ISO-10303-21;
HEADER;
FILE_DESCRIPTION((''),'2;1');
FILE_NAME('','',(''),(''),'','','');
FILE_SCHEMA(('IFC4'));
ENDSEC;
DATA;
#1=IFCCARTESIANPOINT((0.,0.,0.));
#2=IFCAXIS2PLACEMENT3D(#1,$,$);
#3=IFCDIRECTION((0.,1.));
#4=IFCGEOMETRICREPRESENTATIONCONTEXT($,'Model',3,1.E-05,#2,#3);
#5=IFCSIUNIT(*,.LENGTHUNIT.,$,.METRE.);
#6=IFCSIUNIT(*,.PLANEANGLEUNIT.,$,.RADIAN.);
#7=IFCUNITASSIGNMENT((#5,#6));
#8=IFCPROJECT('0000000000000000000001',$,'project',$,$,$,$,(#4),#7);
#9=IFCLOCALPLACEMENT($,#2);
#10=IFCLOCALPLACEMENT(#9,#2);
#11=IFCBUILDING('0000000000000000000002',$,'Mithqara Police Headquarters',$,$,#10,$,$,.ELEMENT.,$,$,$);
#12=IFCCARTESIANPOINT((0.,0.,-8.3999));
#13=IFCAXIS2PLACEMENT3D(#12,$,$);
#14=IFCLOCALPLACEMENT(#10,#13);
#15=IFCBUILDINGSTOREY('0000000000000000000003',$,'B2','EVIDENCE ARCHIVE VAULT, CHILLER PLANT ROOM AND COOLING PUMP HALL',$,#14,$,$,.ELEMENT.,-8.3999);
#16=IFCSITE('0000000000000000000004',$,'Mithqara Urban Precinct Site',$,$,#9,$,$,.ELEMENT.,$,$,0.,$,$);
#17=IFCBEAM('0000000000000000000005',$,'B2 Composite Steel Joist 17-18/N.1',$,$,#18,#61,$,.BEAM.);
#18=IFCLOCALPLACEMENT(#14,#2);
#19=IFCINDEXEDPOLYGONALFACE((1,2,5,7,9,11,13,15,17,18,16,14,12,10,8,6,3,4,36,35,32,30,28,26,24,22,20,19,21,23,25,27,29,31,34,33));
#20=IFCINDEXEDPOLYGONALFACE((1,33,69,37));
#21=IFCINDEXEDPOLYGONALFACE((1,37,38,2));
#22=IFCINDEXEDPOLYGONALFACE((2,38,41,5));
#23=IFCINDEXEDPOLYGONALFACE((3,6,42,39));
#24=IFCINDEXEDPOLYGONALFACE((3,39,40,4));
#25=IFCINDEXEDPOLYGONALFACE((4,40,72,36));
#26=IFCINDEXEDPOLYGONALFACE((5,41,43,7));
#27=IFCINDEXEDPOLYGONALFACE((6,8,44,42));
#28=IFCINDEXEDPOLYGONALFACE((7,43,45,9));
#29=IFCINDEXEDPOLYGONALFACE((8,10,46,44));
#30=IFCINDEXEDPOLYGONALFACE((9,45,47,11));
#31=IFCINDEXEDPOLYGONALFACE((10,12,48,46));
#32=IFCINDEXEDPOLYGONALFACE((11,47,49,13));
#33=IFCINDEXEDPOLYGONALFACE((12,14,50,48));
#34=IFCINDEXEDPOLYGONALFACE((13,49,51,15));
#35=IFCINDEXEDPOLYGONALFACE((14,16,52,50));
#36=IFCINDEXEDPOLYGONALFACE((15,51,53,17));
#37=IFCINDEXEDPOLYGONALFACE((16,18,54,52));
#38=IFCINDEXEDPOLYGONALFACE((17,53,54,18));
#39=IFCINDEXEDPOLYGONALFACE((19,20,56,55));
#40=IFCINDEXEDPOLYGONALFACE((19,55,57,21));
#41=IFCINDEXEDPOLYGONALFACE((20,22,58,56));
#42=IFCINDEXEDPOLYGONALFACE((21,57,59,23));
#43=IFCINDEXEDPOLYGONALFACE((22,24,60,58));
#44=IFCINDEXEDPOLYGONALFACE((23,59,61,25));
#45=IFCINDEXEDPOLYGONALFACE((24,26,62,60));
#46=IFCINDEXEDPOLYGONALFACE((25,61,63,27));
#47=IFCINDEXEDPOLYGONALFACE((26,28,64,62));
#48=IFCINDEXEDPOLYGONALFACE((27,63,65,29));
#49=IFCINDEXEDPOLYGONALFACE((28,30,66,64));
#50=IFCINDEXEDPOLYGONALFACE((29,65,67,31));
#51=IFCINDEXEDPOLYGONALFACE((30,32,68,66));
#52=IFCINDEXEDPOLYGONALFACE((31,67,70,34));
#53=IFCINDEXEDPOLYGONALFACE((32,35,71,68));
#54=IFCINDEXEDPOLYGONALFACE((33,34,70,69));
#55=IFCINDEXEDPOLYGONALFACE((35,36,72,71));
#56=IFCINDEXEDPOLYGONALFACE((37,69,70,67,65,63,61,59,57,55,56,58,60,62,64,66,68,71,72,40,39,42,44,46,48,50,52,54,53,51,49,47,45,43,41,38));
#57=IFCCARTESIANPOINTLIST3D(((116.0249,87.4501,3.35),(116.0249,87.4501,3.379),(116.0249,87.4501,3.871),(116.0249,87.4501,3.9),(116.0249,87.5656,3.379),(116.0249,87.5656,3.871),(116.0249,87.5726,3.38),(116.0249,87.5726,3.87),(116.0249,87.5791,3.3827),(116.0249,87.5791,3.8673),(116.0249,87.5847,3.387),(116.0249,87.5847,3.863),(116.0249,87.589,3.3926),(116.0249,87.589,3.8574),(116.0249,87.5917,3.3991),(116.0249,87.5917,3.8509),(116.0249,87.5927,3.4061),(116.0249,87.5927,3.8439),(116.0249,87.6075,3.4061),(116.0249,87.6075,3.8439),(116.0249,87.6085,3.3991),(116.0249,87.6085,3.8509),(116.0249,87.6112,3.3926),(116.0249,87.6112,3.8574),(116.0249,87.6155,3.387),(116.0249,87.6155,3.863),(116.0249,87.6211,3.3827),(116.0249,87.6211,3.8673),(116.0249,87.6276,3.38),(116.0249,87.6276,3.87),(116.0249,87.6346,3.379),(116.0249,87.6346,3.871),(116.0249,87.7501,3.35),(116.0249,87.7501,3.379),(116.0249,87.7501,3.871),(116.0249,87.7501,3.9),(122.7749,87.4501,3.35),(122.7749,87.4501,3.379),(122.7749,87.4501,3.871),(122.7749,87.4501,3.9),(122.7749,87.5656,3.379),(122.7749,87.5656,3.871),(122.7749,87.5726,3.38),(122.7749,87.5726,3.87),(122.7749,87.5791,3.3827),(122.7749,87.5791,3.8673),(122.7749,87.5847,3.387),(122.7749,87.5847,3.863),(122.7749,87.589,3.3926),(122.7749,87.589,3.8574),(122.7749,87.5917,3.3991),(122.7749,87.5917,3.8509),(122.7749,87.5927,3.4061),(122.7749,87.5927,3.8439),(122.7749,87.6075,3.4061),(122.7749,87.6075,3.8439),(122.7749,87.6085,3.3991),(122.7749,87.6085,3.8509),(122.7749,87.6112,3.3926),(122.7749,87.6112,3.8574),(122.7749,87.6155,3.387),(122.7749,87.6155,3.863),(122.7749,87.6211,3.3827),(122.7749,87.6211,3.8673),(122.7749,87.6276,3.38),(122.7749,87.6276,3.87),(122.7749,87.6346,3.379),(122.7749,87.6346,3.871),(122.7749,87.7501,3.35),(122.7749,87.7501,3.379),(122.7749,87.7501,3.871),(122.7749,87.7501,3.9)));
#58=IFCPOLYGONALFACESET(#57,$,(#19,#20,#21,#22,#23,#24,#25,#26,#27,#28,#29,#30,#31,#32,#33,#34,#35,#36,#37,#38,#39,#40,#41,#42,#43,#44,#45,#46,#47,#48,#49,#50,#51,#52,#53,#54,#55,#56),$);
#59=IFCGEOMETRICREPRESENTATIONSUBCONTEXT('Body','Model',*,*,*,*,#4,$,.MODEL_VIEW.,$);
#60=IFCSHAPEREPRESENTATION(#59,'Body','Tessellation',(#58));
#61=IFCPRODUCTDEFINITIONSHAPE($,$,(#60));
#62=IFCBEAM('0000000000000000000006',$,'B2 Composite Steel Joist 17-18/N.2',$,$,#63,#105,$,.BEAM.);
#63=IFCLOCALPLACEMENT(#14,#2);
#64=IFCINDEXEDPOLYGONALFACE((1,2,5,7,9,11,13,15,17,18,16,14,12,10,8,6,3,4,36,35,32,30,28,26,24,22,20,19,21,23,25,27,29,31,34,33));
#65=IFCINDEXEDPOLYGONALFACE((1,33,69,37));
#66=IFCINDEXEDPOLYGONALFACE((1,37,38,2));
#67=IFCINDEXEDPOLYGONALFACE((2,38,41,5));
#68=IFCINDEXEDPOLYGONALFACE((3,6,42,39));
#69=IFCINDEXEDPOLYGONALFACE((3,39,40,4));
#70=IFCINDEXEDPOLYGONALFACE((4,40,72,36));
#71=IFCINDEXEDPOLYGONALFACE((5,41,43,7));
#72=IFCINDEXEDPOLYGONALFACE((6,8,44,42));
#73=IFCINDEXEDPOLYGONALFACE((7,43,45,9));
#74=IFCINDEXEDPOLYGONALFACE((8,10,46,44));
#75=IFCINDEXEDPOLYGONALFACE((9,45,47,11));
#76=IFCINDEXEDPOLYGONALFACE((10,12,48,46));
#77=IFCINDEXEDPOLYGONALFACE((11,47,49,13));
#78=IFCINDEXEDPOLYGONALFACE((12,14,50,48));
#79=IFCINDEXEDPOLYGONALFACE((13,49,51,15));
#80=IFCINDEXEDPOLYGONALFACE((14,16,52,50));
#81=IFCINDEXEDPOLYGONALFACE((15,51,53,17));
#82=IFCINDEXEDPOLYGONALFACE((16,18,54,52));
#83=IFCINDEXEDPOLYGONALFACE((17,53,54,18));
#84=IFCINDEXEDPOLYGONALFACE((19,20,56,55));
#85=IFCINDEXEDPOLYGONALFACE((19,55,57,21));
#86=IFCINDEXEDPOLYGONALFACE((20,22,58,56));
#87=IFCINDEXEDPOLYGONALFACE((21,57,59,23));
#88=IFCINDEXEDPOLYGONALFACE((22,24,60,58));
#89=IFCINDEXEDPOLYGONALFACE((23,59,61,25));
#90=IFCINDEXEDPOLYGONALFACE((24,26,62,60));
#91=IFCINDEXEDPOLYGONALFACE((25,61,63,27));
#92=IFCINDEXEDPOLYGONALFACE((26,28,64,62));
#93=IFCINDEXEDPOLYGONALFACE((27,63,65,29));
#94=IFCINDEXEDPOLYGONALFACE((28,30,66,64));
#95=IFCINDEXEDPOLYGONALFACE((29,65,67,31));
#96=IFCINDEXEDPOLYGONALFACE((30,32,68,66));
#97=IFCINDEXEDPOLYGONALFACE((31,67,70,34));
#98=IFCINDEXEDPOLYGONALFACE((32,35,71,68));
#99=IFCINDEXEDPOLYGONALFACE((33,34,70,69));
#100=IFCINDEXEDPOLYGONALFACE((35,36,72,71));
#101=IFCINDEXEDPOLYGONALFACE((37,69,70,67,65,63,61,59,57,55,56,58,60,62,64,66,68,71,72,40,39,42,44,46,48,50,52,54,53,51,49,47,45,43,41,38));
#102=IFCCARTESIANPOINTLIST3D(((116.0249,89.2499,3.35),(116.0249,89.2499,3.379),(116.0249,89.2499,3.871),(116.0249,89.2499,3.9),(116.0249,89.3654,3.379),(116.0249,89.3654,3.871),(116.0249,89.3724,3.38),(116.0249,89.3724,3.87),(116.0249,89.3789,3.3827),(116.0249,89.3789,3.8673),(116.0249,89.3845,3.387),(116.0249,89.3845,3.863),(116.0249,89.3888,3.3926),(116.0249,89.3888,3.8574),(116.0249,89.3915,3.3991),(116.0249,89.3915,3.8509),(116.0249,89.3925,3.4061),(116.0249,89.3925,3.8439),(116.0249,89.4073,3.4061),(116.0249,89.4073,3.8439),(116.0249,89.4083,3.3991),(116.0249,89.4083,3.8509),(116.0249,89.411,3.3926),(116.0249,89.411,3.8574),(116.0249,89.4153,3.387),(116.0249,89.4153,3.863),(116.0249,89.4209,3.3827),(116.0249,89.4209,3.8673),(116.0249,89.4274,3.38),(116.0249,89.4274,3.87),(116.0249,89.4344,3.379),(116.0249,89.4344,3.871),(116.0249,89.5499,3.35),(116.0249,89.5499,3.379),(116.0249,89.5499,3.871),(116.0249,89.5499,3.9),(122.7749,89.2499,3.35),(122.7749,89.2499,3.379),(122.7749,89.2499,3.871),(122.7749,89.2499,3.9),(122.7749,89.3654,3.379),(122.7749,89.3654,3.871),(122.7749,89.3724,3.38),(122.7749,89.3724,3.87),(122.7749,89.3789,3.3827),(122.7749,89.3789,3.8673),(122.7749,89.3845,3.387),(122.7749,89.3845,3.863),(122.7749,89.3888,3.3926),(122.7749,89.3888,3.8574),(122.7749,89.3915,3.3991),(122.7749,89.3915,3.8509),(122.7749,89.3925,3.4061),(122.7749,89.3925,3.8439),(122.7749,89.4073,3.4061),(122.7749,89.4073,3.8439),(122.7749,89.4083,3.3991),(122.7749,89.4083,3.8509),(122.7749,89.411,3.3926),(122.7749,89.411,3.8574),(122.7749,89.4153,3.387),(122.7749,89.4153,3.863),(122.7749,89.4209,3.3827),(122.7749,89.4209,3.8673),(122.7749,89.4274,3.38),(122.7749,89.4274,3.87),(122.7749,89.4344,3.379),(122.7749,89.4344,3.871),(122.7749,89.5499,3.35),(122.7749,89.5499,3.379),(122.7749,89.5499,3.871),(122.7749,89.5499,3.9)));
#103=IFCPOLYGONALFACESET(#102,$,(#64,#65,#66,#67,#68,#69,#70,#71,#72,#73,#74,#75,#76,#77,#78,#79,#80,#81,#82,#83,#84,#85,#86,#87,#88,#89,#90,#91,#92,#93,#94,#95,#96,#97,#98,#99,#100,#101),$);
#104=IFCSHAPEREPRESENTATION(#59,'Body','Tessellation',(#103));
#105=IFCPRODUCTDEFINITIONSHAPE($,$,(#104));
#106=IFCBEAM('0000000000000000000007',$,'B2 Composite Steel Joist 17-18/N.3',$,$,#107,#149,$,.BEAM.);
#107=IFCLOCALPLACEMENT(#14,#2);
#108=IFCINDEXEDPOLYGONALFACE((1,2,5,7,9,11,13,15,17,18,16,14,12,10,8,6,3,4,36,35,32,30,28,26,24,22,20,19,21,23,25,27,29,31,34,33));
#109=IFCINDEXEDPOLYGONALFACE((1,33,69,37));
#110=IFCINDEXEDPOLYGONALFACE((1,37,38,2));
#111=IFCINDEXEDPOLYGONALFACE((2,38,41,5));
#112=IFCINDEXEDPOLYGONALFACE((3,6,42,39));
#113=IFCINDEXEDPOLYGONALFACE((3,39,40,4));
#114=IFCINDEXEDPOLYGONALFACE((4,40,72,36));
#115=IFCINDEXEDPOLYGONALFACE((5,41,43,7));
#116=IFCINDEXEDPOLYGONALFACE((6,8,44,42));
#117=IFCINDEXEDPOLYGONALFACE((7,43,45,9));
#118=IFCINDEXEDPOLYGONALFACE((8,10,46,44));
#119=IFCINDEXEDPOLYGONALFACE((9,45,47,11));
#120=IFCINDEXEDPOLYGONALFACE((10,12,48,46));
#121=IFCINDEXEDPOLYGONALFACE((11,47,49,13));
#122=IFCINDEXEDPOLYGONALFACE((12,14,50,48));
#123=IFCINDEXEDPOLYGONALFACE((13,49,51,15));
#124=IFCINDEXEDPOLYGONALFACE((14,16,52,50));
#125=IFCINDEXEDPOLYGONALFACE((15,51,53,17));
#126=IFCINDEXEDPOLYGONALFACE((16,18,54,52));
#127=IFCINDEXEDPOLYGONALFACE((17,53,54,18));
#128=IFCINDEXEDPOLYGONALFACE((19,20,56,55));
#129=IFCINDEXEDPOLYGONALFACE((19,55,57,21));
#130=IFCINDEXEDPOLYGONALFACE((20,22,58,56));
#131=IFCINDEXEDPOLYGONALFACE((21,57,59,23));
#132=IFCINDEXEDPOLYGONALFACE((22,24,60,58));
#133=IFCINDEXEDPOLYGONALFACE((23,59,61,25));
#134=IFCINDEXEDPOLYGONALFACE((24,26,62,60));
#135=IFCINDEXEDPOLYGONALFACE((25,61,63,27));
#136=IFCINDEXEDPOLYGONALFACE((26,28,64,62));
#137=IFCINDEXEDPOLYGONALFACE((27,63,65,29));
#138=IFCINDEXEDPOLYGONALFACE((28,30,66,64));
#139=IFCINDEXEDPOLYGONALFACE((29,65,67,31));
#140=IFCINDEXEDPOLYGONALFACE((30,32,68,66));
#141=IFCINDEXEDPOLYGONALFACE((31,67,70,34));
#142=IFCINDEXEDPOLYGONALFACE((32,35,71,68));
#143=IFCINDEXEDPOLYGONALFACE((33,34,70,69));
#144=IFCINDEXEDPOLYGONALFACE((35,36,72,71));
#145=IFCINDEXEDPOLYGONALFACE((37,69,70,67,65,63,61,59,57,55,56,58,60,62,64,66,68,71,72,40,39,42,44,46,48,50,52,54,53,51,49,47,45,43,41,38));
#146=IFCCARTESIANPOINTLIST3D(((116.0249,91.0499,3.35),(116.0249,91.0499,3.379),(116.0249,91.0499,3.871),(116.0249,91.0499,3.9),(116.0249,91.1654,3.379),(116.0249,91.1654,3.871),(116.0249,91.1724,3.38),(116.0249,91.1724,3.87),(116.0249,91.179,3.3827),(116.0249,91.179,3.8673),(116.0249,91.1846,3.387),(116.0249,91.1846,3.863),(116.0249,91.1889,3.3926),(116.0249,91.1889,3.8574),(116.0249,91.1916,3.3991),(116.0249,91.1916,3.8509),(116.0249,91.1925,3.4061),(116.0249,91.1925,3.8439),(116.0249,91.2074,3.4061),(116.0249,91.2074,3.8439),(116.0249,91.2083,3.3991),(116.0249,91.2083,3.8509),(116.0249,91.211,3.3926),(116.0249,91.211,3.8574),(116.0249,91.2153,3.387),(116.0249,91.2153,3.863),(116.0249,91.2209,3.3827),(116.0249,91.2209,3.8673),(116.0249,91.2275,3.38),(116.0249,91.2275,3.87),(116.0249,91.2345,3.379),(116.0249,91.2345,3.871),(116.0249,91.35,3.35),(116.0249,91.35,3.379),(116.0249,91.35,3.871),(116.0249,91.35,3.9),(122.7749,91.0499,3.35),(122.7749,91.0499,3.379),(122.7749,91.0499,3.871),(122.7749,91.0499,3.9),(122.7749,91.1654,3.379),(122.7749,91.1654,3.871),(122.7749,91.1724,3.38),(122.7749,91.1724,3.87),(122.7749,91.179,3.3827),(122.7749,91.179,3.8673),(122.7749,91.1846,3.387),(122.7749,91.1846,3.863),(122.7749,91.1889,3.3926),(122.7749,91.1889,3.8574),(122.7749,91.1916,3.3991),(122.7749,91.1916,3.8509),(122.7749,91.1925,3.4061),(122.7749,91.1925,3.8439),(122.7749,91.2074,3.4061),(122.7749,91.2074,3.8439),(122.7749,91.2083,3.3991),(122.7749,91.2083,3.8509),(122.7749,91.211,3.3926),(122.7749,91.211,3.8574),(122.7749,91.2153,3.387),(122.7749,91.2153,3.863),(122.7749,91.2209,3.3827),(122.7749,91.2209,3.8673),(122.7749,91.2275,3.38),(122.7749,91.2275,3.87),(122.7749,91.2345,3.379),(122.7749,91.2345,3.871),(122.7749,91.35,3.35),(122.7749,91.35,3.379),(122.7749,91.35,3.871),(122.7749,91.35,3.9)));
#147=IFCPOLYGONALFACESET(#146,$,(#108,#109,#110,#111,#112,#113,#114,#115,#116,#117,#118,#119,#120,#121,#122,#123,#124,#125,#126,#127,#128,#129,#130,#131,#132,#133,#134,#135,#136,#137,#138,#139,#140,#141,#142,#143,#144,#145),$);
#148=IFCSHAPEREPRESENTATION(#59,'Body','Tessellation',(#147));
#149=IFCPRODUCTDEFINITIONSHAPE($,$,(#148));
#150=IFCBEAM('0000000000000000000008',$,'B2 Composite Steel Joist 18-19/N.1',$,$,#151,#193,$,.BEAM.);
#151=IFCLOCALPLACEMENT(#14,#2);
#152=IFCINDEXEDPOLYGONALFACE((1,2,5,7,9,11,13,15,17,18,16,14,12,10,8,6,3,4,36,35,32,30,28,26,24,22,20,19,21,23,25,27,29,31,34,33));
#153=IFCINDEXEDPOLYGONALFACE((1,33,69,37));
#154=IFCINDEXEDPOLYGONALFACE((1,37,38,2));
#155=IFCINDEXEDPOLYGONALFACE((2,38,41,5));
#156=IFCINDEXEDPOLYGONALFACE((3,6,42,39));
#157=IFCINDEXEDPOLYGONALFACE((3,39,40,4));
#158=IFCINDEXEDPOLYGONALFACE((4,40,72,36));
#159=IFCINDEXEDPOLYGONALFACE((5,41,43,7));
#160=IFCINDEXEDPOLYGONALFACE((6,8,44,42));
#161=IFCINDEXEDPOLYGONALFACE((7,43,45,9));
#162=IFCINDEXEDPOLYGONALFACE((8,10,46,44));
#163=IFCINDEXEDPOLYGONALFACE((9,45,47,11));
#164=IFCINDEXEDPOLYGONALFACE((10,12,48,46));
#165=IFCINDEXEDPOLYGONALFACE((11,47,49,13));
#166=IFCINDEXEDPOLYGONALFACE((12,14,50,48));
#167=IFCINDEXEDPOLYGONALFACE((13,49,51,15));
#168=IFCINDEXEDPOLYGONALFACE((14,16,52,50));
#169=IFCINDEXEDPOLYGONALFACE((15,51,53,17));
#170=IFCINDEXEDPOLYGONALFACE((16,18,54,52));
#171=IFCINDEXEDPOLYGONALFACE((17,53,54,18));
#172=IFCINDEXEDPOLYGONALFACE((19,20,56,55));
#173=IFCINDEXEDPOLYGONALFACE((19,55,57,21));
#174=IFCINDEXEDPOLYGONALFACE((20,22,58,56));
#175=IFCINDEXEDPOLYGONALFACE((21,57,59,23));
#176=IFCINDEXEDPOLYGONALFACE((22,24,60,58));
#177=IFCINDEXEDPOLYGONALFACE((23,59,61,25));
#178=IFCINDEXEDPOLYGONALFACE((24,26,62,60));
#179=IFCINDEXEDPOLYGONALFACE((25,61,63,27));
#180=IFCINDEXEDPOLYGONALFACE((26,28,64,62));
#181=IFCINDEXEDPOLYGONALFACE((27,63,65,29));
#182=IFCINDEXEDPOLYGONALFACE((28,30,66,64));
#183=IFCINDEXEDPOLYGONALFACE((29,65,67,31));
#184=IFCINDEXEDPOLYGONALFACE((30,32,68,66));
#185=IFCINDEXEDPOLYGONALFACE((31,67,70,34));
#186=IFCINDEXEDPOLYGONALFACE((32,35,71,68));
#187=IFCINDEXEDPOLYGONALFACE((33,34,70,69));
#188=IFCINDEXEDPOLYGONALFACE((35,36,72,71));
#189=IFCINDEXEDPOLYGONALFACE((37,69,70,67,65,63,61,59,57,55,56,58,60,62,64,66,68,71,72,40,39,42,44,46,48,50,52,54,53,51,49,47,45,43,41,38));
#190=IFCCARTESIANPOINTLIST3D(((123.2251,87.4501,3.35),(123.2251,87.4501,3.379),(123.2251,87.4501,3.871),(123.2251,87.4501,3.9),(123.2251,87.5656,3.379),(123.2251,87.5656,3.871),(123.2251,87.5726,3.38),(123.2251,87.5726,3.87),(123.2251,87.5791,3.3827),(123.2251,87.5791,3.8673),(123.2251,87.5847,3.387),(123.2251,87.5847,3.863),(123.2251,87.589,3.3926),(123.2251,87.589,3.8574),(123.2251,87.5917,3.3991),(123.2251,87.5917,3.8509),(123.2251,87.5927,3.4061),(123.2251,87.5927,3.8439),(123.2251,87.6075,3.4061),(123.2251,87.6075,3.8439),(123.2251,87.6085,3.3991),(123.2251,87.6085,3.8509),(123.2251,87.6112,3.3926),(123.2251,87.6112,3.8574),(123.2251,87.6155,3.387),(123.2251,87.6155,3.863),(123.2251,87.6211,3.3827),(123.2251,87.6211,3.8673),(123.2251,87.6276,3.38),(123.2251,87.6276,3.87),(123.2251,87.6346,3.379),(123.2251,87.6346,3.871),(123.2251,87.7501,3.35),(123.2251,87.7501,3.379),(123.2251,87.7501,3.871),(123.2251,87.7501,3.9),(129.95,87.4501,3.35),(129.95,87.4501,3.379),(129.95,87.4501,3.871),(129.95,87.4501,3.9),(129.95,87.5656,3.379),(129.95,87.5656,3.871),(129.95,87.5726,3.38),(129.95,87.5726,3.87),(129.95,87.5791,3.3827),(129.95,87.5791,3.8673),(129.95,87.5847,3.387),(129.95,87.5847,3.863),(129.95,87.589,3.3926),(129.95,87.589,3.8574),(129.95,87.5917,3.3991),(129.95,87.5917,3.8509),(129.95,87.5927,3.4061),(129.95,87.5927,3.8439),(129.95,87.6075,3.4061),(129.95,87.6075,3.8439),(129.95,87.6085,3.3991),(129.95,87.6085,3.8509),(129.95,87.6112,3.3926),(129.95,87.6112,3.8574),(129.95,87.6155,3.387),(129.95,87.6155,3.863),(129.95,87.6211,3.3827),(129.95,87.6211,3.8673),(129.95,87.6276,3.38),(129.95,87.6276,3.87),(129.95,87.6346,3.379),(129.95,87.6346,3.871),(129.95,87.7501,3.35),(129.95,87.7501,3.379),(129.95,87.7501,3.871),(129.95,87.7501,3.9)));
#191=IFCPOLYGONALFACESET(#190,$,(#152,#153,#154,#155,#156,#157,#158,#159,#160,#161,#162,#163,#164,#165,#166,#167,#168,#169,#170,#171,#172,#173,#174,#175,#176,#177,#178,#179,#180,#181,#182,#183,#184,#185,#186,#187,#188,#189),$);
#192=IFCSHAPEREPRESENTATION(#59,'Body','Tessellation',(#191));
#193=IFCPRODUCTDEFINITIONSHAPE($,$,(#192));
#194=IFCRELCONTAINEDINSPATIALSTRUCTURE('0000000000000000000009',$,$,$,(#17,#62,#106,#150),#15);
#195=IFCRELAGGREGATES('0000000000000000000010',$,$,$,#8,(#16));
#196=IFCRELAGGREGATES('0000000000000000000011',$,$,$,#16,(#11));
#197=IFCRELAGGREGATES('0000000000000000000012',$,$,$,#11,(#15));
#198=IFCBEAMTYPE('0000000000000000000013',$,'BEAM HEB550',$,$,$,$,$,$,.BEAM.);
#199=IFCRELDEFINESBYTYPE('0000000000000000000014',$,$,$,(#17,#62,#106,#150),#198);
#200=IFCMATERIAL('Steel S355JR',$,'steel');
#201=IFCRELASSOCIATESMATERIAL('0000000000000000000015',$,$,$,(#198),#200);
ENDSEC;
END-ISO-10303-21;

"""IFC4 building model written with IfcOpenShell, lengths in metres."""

from ifc_helpers import new_model, si_unit, direction, frame, origin, origin_2d, place, context, subcontext, project, spatial, i_section, extrude, material, material_profile, profile_set, type_object, element, save


model = new_model("IFC4")

# Units and contexts
model_context = context("Model", 3, precision=1e-05, world=origin(), true_north=direction((0.0, 1.0)))
body_context = subcontext(model_context, "Body", "Model", "MODEL_VIEW")
ifc_project = project(units=[si_unit("LENGTHUNIT", "METRE"), si_unit("PLANEANGLEUNIT", "RADIAN")], contexts=[model_context])

# Site, building, storey
site_placement = place(None, origin())
site = spatial("IfcSite", under=ifc_project, at=site_placement, Name="Mithqara Urban Precinct Site", CompositionType="ELEMENT", RefElevation=0.0)
building_placement = place(site_placement, origin())
building = spatial("IfcBuilding", under=site, at=building_placement, Name="Mithqara Police Headquarters", CompositionType="ELEMENT")
storey_placement = place(building_placement, frame((0.0, 0.0, -8.3999)))
storey = spatial("IfcBuildingStorey", under=building, at=storey_placement, Name="B2", Description="EVIDENCE ARCHIVE VAULT, CHILLER PLANT ROOM AND COOLING PUMP HALL", CompositionType="ELEMENT", Elevation=-8.3999)

# Beams
ifc_material_1 = material(Name="Steel S355JR", Category="steel")
ifc_material_profile_1 = material_profile(ifc_material_1, i_section(OverallWidth=0.3, OverallDepth=0.55, WebThickness=0.0149, FlangeThickness=0.0291, FilletRadius=0.0271, at=origin_2d()), Name="HEB 550")
ifc_profile_set_1 = profile_set([ifc_material_profile_1], Name="Steel S355JR")
beam_type_1 = type_object("IfcBeamType", Name="BEAM HEB550", PredefinedType="BEAM", material=ifc_profile_set_1)
for number, where, z_axis, x_axis, name in (
    (1, (116.0249, 87.6001, 3.625), (1.0, 0.0, 0.0), (0.0, 1.0, 0.0), "B2 Composite Steel Joist 17-18/N.1"),
    (2, (116.0249, 89.3999, 3.625), (1.0, 0.0, 0.0), (0.0, 1.0, 0.0), "B2 Composite Steel Joist 17-18/N.2"),
    (3, (116.0249, 91.2, 3.625), (1.0, 0.0, 0.0), (0.0, 1.0, 0.0), "B2 Composite Steel Joist 17-18/N.3"),
):
    element("IfcBeam", number, at=place(storey_placement, frame(where, z_axis=z_axis, x_axis=x_axis)), inside=storey, type_object=beam_type_1, Name=name, PredefinedType="BEAM", context=body_context, shape_type="SweptSolid", body=[
        extrude(i_section(OverallWidth=0.3, OverallDepth=0.55, WebThickness=0.0149, FlangeThickness=0.0291, FilletRadius=0.0271, at=origin_2d()), origin(), (0.0, 0.0, 1.0), 6.75),
    ])
for number, where, z_axis, x_axis, name in (
    (4, (123.2251, 87.6001, 3.625), (1.0, 0.0, 0.0), (0.0, 1.0, 0.0), "B2 Composite Steel Joist 18-19/N.1"),
):
    element("IfcBeam", number, at=place(storey_placement, frame(where, z_axis=z_axis, x_axis=x_axis)), inside=storey, type_object=beam_type_1, Name=name, PredefinedType="BEAM", context=body_context, shape_type="SweptSolid", body=[
        extrude(i_section(OverallWidth=0.3, OverallDepth=0.55, WebThickness=0.0149, FlangeThickness=0.0291, FilletRadius=0.0271, at=origin_2d()), origin(), (0.0, 0.0, 1.0), 6.7249),
    ])

save(model, "model.ifc")
